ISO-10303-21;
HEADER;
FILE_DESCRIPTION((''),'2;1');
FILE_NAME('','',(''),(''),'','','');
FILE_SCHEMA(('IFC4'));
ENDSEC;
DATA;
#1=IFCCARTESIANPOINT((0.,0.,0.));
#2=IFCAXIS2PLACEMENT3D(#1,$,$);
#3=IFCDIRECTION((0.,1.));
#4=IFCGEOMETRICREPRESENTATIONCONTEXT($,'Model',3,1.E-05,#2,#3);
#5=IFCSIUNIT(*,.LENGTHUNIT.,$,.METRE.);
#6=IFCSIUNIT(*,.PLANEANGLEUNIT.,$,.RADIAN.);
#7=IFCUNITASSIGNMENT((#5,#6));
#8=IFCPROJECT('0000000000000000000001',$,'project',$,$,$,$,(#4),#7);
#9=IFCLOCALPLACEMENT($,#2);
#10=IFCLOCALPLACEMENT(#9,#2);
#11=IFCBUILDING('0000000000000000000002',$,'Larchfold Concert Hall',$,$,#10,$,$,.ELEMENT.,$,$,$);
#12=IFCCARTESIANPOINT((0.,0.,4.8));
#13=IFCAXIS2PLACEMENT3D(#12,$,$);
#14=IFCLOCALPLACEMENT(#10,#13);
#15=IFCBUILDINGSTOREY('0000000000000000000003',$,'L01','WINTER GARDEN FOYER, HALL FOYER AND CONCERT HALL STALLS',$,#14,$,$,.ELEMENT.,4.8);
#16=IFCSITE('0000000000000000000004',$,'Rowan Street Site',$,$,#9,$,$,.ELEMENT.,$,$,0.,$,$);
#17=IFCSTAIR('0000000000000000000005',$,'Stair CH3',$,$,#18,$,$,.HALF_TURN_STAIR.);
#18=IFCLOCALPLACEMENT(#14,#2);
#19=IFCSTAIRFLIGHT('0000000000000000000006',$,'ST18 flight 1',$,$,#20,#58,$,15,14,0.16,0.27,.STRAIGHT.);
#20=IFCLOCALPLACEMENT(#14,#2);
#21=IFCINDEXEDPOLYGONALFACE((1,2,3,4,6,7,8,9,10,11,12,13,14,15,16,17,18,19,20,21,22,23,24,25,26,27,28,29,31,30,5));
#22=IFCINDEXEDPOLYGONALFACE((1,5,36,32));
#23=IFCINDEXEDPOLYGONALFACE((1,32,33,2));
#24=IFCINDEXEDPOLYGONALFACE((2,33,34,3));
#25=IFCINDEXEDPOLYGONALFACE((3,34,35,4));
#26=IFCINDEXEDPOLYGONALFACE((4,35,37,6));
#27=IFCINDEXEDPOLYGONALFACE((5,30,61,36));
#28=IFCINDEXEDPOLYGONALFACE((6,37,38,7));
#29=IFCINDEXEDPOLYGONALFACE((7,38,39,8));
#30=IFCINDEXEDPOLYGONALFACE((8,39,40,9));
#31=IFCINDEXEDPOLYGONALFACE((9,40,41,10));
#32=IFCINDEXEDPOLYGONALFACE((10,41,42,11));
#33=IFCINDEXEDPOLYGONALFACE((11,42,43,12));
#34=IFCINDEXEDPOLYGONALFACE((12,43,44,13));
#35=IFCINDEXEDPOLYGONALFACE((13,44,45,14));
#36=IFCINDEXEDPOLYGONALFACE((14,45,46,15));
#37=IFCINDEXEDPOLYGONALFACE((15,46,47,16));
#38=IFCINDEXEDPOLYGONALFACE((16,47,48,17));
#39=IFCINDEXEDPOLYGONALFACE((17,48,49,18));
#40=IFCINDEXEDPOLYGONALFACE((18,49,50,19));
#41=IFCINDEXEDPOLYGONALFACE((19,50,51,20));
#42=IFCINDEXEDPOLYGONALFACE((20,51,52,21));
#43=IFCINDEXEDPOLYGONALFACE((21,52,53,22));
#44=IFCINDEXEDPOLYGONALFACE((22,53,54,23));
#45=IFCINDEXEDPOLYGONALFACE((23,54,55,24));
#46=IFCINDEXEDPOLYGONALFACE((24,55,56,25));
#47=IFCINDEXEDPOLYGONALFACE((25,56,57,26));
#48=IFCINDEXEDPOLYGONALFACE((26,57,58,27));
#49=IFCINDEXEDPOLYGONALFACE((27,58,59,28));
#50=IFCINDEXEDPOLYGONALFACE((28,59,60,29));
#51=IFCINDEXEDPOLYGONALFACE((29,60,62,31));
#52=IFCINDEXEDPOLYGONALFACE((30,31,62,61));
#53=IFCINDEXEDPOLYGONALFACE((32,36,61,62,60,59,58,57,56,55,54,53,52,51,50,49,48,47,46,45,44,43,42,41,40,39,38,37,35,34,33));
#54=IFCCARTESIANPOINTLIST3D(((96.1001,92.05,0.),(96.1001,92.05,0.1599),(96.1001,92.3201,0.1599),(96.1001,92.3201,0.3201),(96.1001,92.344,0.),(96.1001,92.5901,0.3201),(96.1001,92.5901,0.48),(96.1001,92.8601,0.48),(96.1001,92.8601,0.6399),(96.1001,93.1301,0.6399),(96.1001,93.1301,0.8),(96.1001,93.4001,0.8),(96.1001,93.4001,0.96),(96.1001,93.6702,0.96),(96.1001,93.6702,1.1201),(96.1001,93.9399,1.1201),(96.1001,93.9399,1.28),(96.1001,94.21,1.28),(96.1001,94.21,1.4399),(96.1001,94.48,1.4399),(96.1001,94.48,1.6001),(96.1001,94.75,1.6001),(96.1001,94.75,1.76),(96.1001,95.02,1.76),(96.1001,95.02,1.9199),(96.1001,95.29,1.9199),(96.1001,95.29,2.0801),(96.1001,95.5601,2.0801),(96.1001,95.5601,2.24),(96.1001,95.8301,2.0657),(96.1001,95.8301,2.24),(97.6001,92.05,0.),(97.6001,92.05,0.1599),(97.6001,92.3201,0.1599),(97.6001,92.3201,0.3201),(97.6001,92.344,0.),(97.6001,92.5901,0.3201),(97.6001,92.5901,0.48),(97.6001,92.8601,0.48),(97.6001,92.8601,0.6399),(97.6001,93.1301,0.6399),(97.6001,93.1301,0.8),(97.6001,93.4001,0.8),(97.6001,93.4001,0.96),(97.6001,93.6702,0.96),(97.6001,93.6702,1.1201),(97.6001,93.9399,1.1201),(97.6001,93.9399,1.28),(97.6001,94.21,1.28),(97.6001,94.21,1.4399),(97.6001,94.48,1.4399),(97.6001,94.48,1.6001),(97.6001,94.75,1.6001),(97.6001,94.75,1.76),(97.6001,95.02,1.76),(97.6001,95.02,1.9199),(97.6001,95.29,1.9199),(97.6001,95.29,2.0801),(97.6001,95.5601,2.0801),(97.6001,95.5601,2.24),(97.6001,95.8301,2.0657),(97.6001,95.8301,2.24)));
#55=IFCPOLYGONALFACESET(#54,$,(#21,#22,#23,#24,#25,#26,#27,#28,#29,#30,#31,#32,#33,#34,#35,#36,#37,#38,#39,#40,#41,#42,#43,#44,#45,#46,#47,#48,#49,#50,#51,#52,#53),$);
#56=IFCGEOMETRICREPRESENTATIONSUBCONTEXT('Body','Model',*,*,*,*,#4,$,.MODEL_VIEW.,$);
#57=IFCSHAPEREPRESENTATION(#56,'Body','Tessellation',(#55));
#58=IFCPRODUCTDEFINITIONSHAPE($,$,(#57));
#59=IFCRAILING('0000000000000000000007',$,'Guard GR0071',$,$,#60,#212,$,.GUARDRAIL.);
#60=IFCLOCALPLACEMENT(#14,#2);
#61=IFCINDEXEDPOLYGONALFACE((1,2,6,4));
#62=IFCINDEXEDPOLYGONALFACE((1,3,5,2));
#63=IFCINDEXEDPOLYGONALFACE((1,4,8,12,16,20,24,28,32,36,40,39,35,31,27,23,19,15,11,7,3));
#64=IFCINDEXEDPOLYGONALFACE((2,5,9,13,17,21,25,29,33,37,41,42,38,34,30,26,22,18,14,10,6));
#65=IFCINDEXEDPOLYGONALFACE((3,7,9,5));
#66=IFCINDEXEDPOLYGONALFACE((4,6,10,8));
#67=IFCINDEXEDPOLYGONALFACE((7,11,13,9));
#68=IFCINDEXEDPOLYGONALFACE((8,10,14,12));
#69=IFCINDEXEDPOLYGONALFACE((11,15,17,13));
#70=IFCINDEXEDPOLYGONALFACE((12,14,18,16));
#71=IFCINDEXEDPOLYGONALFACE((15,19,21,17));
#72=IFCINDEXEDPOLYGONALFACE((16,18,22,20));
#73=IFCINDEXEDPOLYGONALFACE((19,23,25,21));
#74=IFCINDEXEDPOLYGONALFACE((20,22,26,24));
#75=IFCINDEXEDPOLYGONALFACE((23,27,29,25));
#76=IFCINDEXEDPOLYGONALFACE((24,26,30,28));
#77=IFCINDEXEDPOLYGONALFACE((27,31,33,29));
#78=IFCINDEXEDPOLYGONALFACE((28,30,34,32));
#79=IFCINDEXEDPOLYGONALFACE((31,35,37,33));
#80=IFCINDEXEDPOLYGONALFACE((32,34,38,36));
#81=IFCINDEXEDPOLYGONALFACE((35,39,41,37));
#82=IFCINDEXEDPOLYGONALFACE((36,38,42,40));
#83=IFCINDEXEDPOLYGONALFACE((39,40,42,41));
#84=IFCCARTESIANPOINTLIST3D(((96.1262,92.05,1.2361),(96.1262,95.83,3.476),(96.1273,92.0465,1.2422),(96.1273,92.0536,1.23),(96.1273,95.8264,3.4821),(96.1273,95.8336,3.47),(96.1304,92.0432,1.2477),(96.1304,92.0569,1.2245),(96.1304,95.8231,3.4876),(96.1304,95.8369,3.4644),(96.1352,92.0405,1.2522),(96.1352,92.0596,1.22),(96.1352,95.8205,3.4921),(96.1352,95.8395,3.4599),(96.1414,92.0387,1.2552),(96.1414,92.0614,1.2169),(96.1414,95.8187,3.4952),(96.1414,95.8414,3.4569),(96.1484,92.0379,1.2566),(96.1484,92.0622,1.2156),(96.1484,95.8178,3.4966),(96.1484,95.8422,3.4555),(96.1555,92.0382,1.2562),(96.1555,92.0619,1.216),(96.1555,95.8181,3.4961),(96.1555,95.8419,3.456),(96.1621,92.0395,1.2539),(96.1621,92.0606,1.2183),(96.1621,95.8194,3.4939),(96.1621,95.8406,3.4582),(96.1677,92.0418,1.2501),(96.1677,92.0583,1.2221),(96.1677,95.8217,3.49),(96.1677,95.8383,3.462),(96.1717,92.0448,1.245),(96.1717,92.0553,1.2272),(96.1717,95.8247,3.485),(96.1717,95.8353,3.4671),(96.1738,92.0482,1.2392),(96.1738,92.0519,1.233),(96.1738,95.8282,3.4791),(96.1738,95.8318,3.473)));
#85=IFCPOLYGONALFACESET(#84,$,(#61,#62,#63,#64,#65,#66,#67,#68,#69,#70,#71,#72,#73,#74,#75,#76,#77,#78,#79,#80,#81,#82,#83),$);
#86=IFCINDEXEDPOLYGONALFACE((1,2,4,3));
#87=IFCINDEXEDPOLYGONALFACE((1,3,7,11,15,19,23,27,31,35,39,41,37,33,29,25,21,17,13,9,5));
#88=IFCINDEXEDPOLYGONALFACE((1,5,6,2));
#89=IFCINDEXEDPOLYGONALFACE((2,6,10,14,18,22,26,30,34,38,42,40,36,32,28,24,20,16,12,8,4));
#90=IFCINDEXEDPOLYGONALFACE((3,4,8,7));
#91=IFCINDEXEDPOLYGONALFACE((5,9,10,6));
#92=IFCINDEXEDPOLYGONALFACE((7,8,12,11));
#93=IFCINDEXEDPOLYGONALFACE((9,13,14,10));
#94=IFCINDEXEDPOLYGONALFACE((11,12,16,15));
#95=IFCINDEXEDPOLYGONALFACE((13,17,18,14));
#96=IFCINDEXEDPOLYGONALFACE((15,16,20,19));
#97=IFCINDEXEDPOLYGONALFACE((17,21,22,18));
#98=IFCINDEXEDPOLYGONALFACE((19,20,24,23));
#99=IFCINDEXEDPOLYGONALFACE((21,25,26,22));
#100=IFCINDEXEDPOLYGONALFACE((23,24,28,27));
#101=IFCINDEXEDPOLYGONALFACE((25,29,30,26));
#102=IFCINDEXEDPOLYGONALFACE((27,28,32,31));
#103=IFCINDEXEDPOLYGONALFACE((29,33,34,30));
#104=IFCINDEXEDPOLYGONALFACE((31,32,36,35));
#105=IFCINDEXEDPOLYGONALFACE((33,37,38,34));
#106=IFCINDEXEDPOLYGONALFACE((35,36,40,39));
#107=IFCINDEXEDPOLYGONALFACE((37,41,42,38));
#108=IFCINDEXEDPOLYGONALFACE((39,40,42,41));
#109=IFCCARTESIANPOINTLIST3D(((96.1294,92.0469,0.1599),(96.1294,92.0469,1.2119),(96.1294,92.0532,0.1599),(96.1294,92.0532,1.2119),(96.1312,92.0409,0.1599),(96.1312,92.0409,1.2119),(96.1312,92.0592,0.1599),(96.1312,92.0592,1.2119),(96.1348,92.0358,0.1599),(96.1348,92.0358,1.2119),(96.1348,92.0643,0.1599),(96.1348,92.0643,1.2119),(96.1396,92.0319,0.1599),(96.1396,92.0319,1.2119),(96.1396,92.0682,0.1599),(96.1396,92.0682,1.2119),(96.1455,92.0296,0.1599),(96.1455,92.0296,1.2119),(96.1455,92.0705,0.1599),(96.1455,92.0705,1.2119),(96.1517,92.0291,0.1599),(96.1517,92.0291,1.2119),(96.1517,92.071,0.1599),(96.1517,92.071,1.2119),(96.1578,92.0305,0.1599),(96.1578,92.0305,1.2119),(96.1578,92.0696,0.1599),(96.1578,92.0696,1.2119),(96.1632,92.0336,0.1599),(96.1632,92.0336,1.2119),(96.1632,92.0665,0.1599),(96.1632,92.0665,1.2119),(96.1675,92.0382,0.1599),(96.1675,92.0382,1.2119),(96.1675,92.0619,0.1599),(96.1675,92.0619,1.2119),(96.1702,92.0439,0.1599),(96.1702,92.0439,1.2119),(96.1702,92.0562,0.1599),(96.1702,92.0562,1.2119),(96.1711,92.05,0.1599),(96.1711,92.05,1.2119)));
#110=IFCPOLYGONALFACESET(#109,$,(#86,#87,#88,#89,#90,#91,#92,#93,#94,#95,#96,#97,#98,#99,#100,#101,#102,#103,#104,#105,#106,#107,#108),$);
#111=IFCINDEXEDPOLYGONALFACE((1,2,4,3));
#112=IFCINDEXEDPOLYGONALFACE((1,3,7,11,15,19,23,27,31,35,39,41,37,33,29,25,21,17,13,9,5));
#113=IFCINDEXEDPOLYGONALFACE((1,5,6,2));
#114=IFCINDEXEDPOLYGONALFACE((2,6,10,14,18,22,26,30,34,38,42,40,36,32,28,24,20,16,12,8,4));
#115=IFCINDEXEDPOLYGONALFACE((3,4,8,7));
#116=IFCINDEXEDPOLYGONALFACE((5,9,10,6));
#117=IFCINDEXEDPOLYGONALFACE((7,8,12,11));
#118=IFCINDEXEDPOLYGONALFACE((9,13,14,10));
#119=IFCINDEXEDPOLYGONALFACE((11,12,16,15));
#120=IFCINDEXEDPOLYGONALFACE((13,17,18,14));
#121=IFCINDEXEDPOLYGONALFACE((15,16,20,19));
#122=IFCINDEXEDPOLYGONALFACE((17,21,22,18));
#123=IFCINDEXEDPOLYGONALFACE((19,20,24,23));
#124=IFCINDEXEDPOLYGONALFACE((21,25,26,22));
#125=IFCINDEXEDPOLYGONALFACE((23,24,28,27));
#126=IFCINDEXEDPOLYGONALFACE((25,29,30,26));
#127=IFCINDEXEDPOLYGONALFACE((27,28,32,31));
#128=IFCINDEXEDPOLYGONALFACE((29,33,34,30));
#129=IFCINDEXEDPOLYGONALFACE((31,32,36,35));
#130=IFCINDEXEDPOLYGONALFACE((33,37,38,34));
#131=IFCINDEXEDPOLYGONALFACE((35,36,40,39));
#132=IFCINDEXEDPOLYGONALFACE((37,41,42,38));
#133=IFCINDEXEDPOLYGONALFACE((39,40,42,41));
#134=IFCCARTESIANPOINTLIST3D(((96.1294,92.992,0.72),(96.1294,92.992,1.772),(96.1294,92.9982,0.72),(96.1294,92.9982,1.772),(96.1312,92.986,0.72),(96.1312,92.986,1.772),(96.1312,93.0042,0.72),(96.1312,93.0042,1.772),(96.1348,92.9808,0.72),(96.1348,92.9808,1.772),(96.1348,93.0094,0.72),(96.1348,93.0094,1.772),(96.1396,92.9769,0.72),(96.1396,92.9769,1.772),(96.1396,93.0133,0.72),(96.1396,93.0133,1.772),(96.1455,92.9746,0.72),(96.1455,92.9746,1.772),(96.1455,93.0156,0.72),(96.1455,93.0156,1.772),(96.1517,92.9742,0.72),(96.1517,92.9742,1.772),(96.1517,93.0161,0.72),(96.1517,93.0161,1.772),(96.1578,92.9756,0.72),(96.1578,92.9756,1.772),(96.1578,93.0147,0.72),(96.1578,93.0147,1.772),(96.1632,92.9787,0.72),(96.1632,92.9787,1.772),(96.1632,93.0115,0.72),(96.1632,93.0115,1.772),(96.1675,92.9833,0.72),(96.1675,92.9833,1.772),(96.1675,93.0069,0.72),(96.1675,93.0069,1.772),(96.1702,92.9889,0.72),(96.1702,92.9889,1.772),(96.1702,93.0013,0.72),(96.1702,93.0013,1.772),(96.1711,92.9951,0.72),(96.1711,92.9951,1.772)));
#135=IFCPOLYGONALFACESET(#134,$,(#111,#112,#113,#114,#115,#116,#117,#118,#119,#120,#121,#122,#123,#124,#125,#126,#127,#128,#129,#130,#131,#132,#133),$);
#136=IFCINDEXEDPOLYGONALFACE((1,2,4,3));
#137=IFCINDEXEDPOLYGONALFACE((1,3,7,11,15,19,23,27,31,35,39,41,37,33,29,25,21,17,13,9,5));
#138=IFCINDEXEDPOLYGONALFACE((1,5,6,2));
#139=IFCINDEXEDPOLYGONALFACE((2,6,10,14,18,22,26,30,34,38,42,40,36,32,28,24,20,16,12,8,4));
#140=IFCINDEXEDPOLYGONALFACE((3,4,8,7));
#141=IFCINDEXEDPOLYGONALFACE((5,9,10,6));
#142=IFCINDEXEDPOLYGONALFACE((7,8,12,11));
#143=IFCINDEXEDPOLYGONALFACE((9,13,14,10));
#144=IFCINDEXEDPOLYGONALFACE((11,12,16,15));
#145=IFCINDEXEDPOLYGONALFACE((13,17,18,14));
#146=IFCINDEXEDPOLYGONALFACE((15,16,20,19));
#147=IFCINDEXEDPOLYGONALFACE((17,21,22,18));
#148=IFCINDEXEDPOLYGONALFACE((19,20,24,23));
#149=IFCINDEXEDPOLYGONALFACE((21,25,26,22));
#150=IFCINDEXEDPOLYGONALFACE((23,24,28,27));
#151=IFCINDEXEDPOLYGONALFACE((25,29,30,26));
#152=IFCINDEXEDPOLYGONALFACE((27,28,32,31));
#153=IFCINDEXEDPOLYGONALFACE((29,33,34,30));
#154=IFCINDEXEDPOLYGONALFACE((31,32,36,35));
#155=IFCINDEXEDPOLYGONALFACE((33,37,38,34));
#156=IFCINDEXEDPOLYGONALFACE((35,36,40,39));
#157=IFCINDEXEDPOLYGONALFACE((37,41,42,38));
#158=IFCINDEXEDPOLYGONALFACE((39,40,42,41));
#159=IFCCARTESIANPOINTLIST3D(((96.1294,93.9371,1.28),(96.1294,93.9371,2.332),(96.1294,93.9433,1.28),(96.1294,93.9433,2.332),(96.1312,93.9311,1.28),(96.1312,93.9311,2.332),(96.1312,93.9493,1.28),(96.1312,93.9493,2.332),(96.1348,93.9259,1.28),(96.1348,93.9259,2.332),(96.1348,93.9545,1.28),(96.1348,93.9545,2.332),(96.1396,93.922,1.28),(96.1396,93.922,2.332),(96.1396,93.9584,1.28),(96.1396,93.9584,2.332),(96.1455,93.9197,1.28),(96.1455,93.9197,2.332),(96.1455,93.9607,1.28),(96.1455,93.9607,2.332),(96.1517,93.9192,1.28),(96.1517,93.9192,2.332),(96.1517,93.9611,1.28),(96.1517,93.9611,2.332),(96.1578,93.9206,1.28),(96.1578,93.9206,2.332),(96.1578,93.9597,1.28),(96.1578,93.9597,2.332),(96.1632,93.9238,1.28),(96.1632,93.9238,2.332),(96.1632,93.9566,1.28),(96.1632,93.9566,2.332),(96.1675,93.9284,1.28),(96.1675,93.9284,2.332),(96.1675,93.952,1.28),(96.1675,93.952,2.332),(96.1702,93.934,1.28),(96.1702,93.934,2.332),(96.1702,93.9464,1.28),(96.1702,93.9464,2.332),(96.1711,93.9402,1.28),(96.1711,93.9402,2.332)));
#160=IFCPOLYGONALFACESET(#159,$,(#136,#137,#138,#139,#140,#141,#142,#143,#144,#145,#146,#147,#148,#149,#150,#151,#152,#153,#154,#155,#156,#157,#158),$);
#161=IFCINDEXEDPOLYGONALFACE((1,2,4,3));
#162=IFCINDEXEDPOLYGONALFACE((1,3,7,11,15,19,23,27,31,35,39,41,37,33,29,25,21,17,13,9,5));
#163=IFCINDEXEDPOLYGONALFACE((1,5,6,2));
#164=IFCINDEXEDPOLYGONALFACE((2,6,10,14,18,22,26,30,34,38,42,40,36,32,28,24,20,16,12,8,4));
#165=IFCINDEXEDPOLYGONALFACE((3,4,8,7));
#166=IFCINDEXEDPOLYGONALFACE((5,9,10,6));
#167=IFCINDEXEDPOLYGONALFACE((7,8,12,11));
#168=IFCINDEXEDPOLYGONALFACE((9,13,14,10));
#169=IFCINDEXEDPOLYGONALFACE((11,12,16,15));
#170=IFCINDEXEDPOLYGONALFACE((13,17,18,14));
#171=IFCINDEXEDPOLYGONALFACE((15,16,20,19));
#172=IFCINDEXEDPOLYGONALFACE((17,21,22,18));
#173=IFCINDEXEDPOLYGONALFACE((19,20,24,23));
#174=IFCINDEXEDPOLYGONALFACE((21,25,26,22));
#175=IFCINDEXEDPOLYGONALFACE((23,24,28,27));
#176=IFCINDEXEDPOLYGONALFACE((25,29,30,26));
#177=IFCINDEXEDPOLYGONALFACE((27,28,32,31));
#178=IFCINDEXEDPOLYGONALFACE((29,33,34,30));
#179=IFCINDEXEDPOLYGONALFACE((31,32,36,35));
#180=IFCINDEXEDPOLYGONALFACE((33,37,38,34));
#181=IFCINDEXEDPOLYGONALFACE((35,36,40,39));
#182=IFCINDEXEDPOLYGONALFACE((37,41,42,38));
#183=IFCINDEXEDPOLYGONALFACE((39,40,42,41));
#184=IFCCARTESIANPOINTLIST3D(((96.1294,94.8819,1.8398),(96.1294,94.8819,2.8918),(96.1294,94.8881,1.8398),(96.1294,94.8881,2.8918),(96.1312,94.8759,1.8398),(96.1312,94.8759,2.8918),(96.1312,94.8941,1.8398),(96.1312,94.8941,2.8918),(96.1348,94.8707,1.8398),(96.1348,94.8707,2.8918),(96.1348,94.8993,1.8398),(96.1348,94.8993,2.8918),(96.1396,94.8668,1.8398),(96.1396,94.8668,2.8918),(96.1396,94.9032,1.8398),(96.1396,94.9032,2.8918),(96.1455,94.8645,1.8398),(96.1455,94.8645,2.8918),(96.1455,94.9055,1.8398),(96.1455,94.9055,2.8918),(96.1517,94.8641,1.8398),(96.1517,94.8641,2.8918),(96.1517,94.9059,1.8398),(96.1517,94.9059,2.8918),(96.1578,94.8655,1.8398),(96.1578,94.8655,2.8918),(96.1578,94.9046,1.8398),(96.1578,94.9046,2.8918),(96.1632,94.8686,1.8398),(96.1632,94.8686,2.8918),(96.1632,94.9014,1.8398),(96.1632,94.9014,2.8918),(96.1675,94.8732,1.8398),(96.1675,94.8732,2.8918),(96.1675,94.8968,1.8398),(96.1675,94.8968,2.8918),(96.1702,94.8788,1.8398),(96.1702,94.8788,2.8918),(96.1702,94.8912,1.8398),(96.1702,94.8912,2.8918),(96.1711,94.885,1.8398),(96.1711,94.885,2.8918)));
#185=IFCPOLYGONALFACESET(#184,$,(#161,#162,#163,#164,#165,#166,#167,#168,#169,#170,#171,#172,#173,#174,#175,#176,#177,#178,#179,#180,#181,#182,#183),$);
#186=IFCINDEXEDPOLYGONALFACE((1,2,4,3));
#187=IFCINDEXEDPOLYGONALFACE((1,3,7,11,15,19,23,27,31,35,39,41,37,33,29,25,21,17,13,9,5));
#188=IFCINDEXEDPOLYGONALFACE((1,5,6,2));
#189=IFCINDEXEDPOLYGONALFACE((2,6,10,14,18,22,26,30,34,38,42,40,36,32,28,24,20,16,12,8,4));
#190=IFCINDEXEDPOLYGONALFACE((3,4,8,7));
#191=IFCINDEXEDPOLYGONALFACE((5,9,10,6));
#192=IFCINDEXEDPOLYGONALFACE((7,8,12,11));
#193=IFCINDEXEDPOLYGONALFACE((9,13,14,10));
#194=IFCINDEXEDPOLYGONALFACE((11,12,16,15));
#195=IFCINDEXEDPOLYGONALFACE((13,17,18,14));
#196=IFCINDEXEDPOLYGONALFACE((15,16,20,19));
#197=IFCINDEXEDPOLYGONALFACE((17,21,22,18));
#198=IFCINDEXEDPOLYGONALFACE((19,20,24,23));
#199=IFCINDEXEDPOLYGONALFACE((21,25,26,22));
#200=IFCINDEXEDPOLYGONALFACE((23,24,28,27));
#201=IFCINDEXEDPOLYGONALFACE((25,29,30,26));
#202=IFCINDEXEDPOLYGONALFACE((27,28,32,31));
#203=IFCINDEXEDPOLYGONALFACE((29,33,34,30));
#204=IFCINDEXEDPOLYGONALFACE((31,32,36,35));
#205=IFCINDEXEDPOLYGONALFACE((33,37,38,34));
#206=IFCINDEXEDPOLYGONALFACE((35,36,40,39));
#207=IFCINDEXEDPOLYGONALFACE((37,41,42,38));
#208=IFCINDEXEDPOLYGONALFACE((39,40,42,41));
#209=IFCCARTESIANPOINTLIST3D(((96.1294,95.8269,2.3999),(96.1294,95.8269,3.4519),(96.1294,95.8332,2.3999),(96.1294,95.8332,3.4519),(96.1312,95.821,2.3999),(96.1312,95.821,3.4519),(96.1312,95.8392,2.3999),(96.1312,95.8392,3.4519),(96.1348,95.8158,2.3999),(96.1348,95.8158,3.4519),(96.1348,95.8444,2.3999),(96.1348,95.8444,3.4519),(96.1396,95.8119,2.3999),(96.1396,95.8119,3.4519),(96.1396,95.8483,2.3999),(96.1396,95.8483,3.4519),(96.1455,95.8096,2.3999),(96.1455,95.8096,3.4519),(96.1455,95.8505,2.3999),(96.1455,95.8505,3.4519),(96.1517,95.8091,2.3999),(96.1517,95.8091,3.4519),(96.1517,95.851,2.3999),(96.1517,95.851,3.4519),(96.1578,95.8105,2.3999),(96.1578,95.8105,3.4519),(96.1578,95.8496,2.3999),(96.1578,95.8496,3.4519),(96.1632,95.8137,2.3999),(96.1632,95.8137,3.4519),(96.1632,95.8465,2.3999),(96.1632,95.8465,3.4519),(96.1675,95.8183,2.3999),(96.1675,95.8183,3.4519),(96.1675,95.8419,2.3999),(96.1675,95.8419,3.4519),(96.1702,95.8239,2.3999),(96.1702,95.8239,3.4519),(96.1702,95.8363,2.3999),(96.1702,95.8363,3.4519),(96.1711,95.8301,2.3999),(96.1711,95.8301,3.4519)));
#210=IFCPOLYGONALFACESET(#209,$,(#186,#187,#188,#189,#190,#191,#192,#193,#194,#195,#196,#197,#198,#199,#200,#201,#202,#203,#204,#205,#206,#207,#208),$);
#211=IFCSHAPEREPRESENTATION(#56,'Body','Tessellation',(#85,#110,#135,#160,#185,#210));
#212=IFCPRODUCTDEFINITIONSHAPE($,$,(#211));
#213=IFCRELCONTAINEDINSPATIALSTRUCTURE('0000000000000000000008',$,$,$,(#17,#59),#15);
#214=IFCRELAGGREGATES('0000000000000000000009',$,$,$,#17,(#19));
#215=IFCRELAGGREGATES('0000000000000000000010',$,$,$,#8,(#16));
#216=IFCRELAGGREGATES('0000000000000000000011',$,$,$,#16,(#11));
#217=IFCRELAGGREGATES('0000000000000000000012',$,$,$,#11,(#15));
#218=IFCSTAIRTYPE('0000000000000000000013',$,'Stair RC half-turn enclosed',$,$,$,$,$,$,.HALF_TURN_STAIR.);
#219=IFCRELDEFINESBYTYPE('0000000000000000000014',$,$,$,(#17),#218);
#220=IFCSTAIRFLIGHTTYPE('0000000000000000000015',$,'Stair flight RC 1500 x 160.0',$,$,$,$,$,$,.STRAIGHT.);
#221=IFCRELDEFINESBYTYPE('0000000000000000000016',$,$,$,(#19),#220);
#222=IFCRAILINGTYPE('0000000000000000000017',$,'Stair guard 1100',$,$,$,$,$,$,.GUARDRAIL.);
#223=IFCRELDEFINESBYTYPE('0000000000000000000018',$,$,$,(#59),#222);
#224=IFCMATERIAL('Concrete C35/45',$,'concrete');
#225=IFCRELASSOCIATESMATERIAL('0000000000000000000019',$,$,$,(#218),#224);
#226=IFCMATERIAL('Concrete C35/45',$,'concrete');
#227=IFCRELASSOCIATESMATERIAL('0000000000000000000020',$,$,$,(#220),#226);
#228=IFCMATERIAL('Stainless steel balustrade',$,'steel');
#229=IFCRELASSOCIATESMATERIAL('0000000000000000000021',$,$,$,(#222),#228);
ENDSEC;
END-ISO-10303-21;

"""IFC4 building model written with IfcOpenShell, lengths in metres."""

from ifc_helpers import new_model, si_unit, direction, frame, origin, origin_2d, place, context, subcontext, project, spatial, polyline, circle, outline, extrude, material, type_object, element, aggregate, save


model = new_model("IFC4")

# Units and contexts
model_context = context("Model", 3, precision=1e-05, world=origin(), true_north=direction((0.0, 1.0)))
body_context = subcontext(model_context, "Body", "Model", "MODEL_VIEW")
ifc_project = project(units=[si_unit("LENGTHUNIT", "METRE"), si_unit("PLANEANGLEUNIT", "RADIAN")], contexts=[model_context])

# Site, building, storey
site_placement = place(None, origin())
site = spatial("IfcSite", under=ifc_project, at=site_placement, Name="Rowan Street Site", CompositionType="ELEMENT", RefElevation=0.0)
building_placement = place(site_placement, origin())
building = spatial("IfcBuilding", under=site, at=building_placement, Name="Larchfold Concert Hall", CompositionType="ELEMENT")
storey_placement = place(building_placement, frame((0.0, 0.0, 4.8)))
storey = spatial("IfcBuildingStorey", under=building, at=storey_placement, Name="L01", Description="WINTER GARDEN FOYER, HALL FOYER AND CONCERT HALL STALLS", CompositionType="ELEMENT", Elevation=4.8)

# Stair, stair flight
ifc_material_1 = material(Name="Concrete C35/45", Category="concrete")
stair_type = type_object("IfcStairType", Name="Stair RC half-turn enclosed", PredefinedType="HALF_TURN_STAIR", material=ifc_material_1)
stair_placement = place(storey_placement, origin())
stair = element("IfcStair", 1, at=stair_placement, inside=storey, type_object=stair_type, Name="Stair CH3", PredefinedType="HALF_TURN_STAIR")
ifc_material_2 = material(Name="Concrete C35/45", Category="concrete")
stair_flight_type = type_object("IfcStairFlightType", Name="Stair flight RC 1500 x 160.0", PredefinedType="STRAIGHT", material=ifc_material_2)
stair_flight_placement = place(storey_placement, frame((96.8501, 92.05, 0.0), z_axis=(0.0, 0.0, 1.0), x_axis=(0.0, 1.0, 0.0)))
stair_flight = element("IfcStairFlight", 2, at=stair_flight_placement, type_object=stair_flight_type, Name="ST18 flight 1", NumberOfRisers=15, NumberOfTreads=14, PredefinedType="STRAIGHT", RiserHeight=0.16, TreadLength=0.27, context=body_context, shape_type="SweptSolid", body=[
    extrude(outline(polyline([(0.0, 0.0), (0.0, 0.1599), (0.27, 0.1599), (0.27, 0.3201), (0.54, 0.3201), (0.54, 0.48), (0.8101, 0.48), (0.8101, 0.6399), (1.0801, 0.6399), (1.0801, 0.8), (1.3501, 0.8), (1.3501, 0.96), (1.6201, 0.96), (1.6201, 1.1201), (1.8899, 1.1201), (1.8899, 1.28), (2.1599, 1.28), (2.1599, 1.4399), (2.4299, 1.4399), (2.4299, 1.6001), (2.7, 1.6001), (2.7, 1.76), (2.97, 1.76), (2.97, 1.9199), (3.24, 1.9199), (3.24, 2.0801), (3.51, 2.0801), (3.51, 2.24), (3.78, 2.24), (3.78, 2.3999), (3.78, 2.0657), (0.2939, 0.0), (0.0, 0.0)])), frame((0.0, 0.75, 0.0), z_axis=(0.0, -1.0, 0.0), x_axis=(1.0, 0.0, 0.0)), (0.0, 0.0, 1.0), 1.5),
])
aggregate(stair, [stair_flight])

# Railing
ifc_material_3 = material(Name="Stainless steel balustrade", Category="steel")
railing_type_1 = type_object("IfcRailingType", Name="Stair guard 1100", PredefinedType="GUARDRAIL", material=ifc_material_3)
railing_1_placement = place(storey_placement, frame((96.1501, 92.05, 0.1599)))
element("IfcRailing", 3, at=railing_1_placement, inside=storey, type_object=railing_type_1, Name="Guard GR0071", PredefinedType="GUARDRAIL", context=body_context, shape_type="SweptSolid", body=[
    extrude(circle(Radius=0.0239, at=origin_2d()), frame((0.0, 0.0, 1.0762), z_axis=(0.0, 0.860294, 0.509798), x_axis=(-1.0, 0.0, 0.0)), (0.0, 0.0, 1.0), 4.3938),
    extrude(circle(Radius=0.021, at=origin_2d()), origin(), (0.0, 0.0, 1.0), 1.052),
    extrude(circle(Radius=0.021, at=origin_2d()), frame((0.0, 0.9451, 0.5601)), (0.0, 0.0, 1.0), 1.052),
    extrude(circle(Radius=0.021, at=origin_2d()), frame((0.0, 1.8901, 1.1201)), (0.0, 0.0, 1.0), 1.052),
    extrude(circle(Radius=0.021, at=origin_2d()), frame((0.0, 2.835, 1.6799)), (0.0, 0.0, 1.0), 1.052),
    extrude(circle(Radius=0.021, at=origin_2d()), frame((0.0, 3.78, 2.24)), (0.0, 0.0, 1.0), 1.052),
])

save(model, "model.ifc")
